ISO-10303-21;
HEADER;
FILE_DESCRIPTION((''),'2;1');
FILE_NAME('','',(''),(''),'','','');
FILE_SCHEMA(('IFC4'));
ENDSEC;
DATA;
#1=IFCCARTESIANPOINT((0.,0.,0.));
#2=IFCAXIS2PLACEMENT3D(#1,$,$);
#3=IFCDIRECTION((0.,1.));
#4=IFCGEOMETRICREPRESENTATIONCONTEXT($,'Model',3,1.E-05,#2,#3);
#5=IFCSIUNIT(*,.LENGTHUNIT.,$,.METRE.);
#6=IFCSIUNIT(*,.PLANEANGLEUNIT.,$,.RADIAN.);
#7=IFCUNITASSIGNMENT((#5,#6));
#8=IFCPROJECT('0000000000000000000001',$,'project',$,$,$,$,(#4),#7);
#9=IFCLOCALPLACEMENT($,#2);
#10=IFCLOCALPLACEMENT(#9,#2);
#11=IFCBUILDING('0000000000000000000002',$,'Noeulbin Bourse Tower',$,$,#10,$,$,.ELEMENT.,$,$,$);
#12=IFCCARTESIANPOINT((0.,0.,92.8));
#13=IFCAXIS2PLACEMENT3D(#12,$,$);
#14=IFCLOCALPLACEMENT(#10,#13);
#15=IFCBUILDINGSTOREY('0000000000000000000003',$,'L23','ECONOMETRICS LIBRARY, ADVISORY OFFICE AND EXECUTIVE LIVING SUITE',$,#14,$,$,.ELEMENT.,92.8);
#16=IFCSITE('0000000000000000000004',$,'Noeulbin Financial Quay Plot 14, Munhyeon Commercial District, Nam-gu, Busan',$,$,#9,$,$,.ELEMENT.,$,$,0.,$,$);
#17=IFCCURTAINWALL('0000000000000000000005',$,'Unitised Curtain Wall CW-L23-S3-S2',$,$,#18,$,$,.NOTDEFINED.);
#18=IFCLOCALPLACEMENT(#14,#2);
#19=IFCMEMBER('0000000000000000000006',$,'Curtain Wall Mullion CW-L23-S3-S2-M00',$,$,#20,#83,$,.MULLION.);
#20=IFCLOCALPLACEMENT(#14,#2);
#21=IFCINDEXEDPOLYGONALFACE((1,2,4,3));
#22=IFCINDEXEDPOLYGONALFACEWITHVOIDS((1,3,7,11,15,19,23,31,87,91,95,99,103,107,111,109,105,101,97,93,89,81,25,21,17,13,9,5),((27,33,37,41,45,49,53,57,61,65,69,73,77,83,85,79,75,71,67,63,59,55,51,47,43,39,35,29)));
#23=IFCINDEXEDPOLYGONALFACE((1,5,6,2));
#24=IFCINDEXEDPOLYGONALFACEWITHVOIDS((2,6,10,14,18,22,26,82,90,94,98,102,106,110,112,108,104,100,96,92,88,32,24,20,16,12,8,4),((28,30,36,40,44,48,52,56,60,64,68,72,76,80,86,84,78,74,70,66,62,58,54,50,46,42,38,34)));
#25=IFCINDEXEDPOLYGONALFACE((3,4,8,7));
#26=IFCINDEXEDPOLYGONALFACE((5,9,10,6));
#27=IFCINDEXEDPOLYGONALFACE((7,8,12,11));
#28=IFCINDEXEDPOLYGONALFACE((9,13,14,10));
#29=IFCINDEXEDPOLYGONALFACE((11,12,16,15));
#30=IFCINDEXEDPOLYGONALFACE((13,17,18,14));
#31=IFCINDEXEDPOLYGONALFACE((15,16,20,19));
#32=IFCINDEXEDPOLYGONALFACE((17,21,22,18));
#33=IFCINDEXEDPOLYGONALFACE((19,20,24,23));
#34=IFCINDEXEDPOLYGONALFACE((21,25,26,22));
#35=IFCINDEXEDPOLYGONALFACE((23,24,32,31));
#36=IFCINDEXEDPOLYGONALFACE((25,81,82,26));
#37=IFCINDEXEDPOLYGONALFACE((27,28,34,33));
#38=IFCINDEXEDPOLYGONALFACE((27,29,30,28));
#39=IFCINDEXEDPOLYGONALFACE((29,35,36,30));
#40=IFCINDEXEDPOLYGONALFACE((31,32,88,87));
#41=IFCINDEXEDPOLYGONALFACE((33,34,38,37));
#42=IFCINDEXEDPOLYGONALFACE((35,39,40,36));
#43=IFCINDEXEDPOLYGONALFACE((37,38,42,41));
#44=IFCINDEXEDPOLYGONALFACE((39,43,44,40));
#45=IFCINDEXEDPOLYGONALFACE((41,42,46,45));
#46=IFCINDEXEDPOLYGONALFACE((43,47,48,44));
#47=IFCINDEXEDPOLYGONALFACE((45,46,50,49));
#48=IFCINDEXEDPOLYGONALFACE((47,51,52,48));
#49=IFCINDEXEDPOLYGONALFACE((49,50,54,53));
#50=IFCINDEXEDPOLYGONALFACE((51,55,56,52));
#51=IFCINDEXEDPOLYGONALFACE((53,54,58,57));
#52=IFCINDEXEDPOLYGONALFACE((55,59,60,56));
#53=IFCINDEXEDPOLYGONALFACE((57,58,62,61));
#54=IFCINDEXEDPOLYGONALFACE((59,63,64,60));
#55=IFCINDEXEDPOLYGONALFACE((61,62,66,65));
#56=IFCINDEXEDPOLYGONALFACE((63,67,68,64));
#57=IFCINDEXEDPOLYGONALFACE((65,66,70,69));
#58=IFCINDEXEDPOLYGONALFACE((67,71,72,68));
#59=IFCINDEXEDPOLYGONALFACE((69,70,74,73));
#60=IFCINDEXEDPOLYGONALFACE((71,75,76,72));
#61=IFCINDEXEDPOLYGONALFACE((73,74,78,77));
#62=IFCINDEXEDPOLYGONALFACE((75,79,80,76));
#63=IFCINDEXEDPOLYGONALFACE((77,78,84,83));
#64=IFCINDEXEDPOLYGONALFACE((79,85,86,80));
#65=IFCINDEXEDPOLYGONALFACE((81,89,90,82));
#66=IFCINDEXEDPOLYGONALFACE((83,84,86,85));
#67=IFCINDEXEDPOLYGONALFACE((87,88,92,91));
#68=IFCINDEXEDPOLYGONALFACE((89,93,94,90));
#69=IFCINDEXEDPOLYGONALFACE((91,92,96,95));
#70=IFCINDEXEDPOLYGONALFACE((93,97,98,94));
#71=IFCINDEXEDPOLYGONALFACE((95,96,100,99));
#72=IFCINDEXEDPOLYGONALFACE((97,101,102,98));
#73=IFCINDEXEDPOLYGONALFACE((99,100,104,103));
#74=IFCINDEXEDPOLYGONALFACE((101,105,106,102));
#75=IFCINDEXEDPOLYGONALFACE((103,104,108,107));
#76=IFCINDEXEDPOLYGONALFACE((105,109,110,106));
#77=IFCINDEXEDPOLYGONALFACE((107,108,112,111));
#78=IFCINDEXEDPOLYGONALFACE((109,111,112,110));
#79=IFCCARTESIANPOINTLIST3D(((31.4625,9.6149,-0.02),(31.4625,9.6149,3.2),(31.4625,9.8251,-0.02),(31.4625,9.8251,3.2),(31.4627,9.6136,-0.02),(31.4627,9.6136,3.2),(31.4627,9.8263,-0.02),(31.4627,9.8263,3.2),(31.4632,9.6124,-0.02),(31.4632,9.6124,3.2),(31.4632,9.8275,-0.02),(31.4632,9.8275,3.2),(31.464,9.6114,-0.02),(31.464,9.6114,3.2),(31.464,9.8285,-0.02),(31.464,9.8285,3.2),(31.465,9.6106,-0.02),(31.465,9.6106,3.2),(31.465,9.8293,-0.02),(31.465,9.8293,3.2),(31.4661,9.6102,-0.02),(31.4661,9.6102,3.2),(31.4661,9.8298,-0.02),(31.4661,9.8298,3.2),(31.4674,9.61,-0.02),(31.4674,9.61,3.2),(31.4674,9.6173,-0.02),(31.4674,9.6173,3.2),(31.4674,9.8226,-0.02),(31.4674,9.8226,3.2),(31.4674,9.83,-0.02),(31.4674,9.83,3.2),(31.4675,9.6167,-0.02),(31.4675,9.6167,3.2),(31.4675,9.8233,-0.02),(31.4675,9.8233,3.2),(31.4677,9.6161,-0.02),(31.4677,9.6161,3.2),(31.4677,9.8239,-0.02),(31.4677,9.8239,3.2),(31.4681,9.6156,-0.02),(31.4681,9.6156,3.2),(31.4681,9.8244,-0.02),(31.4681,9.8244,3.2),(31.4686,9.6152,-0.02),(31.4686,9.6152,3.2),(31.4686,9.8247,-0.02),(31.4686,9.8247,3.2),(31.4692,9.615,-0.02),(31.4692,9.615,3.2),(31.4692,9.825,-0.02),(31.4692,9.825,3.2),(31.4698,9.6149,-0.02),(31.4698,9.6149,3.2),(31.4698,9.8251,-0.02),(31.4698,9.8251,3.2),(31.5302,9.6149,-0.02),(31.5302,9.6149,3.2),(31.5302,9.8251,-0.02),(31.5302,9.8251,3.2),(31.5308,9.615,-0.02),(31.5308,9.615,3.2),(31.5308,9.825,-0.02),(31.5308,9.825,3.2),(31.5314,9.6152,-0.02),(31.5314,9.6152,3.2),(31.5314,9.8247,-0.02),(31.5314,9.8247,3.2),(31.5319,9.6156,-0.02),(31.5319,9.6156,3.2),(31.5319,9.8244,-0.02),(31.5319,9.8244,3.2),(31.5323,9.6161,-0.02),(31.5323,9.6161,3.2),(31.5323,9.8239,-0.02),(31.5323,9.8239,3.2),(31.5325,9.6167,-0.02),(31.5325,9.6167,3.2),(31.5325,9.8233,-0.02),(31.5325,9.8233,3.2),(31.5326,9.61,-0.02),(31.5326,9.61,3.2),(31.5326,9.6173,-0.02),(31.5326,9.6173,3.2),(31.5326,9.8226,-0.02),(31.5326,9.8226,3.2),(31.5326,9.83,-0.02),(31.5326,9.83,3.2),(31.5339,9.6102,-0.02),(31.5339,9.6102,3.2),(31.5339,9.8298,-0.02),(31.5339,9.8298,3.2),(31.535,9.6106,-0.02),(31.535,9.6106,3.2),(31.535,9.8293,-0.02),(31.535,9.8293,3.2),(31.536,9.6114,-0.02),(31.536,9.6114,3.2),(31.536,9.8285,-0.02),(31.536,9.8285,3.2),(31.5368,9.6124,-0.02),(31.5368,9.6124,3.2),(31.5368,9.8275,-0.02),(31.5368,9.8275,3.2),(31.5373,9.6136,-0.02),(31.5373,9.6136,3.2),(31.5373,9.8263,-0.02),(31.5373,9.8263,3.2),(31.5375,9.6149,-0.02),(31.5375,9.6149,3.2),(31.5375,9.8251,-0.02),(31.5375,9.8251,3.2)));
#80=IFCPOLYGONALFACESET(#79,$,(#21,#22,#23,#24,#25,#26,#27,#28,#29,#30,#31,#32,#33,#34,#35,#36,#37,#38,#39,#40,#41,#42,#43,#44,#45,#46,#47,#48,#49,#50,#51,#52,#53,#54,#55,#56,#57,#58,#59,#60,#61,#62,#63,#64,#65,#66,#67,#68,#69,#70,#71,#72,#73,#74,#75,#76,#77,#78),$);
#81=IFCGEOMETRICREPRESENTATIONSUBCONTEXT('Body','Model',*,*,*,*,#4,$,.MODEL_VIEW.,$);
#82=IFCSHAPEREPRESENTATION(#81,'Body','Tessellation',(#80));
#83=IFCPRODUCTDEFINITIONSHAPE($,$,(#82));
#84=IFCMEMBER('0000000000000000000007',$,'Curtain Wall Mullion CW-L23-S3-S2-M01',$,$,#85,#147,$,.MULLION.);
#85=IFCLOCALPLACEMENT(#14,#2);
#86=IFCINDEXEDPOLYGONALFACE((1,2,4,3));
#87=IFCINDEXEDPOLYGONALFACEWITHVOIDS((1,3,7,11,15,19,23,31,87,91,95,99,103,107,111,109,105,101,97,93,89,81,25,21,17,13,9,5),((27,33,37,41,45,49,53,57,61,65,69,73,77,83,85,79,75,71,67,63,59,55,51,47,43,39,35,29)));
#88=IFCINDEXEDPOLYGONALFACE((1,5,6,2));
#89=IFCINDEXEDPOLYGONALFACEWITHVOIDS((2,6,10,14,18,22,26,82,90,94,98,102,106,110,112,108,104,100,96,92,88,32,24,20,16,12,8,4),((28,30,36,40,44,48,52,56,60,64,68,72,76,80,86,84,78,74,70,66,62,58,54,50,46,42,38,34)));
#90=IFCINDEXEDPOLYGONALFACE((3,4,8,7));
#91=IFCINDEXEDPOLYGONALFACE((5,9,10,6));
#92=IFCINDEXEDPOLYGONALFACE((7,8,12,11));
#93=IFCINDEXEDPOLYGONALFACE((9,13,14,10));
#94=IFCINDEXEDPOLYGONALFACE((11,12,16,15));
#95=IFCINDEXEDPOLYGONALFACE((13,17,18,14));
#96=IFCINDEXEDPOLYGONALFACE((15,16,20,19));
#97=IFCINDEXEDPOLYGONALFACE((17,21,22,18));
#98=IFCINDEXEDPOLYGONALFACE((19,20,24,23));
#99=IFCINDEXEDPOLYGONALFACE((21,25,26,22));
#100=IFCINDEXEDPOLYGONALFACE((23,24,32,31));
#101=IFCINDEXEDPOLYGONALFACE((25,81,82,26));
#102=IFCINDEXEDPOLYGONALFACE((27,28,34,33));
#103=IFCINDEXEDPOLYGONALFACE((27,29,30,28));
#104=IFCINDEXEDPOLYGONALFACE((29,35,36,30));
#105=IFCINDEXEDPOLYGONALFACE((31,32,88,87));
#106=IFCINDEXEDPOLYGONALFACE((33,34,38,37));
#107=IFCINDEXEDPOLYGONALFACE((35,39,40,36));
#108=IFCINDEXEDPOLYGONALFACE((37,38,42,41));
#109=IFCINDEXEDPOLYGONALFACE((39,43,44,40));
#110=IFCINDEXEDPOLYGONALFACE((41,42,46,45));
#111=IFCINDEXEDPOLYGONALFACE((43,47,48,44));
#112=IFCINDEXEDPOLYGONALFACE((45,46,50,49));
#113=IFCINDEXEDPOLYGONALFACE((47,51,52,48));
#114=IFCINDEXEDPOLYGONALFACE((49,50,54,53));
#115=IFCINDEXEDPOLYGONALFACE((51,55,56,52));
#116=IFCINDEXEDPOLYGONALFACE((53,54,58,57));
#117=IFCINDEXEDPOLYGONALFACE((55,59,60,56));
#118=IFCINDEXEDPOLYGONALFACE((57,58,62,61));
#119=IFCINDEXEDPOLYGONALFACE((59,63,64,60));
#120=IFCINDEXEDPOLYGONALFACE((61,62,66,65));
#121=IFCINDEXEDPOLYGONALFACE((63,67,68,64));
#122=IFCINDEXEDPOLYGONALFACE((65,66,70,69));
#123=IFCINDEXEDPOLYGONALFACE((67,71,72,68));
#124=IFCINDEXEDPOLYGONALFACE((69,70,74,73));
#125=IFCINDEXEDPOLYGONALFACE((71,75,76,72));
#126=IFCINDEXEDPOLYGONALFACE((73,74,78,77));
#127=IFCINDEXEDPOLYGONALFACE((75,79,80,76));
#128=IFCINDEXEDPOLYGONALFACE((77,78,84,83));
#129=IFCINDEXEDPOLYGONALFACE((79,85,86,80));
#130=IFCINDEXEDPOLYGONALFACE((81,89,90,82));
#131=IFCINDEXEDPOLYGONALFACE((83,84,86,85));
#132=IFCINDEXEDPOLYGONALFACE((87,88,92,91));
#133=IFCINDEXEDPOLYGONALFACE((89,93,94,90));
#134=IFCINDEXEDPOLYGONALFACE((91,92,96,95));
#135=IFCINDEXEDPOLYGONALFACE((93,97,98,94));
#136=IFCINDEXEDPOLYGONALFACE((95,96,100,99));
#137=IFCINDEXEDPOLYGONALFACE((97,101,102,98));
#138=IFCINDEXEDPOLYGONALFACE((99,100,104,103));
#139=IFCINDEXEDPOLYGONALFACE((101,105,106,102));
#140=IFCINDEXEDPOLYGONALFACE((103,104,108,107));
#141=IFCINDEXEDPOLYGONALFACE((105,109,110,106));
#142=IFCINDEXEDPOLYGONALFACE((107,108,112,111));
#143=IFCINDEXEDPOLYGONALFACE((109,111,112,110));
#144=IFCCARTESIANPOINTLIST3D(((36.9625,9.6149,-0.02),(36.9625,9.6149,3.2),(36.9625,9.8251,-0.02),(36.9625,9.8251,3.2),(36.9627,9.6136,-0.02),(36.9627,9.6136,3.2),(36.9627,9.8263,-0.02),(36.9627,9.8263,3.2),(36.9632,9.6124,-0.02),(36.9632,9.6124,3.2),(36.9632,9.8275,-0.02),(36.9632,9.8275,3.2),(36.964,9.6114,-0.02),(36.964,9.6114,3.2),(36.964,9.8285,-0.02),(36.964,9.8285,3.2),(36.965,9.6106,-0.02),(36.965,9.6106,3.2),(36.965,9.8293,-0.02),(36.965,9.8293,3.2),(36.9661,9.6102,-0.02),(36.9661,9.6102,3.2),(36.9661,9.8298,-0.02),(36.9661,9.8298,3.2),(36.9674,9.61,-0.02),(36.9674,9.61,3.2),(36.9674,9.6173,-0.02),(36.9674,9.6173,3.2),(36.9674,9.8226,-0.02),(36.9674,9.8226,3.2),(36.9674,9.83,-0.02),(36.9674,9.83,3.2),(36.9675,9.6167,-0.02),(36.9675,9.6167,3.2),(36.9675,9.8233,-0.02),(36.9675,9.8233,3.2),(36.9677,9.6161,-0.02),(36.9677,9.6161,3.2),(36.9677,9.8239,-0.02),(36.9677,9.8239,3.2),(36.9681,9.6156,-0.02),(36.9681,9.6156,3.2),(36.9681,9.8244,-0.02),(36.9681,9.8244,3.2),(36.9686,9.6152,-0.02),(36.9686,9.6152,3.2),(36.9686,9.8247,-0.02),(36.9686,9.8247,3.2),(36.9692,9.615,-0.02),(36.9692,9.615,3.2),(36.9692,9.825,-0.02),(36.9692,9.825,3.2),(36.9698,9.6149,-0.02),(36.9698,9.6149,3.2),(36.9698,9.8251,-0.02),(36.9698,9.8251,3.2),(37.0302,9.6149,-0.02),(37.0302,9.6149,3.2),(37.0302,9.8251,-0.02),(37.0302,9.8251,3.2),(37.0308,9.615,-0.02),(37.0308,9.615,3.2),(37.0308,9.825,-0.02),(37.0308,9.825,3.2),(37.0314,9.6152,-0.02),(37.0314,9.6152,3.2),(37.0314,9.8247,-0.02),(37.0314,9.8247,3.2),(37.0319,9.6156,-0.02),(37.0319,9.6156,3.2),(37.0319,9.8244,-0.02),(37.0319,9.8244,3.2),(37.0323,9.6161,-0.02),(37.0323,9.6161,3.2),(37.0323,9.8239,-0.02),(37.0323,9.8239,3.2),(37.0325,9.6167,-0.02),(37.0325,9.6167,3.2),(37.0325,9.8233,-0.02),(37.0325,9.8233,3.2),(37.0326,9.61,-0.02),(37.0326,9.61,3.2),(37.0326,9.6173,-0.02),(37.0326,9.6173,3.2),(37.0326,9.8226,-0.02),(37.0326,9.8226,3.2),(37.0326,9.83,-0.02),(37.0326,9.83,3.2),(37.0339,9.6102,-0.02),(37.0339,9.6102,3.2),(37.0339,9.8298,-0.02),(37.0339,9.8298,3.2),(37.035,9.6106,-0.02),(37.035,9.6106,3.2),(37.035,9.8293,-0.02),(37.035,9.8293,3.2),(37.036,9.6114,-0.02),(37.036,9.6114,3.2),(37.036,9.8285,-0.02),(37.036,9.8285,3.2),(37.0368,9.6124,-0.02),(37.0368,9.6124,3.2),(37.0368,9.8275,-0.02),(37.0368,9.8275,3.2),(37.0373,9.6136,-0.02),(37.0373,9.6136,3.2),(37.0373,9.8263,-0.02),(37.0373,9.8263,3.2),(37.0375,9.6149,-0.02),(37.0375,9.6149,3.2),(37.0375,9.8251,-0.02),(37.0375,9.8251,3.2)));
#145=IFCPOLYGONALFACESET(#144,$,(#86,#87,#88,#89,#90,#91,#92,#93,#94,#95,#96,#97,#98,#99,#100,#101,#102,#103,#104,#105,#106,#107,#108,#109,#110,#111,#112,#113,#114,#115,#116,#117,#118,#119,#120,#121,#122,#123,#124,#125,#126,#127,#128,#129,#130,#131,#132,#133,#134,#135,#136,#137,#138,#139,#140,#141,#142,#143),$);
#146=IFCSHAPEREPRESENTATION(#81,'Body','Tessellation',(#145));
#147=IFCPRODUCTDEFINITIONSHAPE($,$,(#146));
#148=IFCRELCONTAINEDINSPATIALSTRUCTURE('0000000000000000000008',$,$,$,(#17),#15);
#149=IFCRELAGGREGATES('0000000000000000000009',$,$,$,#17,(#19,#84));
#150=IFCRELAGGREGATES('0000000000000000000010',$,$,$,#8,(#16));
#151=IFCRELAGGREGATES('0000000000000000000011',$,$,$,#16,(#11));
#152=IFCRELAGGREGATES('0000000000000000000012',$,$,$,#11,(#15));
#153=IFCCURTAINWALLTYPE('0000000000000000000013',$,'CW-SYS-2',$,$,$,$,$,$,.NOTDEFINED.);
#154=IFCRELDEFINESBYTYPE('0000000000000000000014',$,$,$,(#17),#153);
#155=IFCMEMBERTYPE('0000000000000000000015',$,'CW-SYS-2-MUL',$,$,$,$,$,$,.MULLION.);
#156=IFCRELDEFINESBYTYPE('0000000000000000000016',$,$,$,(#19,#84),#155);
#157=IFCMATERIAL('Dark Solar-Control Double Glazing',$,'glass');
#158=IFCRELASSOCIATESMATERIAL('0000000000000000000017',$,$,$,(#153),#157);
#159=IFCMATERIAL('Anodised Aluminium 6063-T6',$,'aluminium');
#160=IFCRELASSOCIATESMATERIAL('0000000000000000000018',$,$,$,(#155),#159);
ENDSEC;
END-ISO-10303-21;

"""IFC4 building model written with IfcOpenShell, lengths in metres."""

from ifc_helpers import new_model, si_unit, direction, frame, origin, origin_2d, place, context, subcontext, project, spatial, hollow_rectangle, extrude, material, material_profile, profile_set, type_object, element, aggregate, save


model = new_model("IFC4")

# Units and contexts
model_context = context("Model", 3, precision=1e-05, world=origin(), true_north=direction((0.0, 1.0)))
body_context = subcontext(model_context, "Body", "Model", "MODEL_VIEW")
ifc_project = project(units=[si_unit("LENGTHUNIT", "METRE"), si_unit("PLANEANGLEUNIT", "RADIAN")], contexts=[model_context])

# Site, building, storey
site_placement = place(None, origin())
site = spatial("IfcSite", under=ifc_project, at=site_placement, Name="Noeulbin Financial Quay Plot 14, Munhyeon Commercial District, Nam-gu, Busan", CompositionType="ELEMENT", RefElevation=0.0)
building_placement = place(site_placement, origin())
building = spatial("IfcBuilding", under=site, at=building_placement, Name="Noeulbin Bourse Tower", CompositionType="ELEMENT")
storey_placement = place(building_placement, frame((0.0, 0.0, 92.8)))
storey = spatial("IfcBuildingStorey", under=building, at=storey_placement, Name="L23", Description="ECONOMETRICS LIBRARY, ADVISORY OFFICE AND EXECUTIVE LIVING SUITE", CompositionType="ELEMENT", Elevation=92.8)

# Curtain wall, members
ifc_material_1 = material(Name="Dark Solar-Control Double Glazing", Category="glass")
curtain_wall_type = type_object("IfcCurtainWallType", Name="CW-SYS-2", PredefinedType="NOTDEFINED", material=ifc_material_1)
ifc_material_2 = material(Name="Anodised Aluminium 6063-T6", Category="aluminium")
ifc_material_profile_1 = material_profile(ifc_material_2, hollow_rectangle(XDim=0.075, YDim=0.22, WallThickness=0.0049, InnerFilletRadius=0.0024, OuterFilletRadius=0.0049, at=origin_2d()), Name="ALU-MULL-75x220x5", Category="LoadBearing")
ifc_profile_set_1 = profile_set([ifc_material_profile_1], Name="Anodised Aluminium 6063-T6")
member_type_1 = type_object("IfcMemberType", Name="CW-SYS-2-MUL", PredefinedType="MULLION", material=ifc_profile_set_1)
curtain_wall_1_placement = place(storey_placement, origin())
curtain_wall_1 = element("IfcCurtainWall", 1, at=curtain_wall_1_placement, inside=storey, type_object=curtain_wall_type, Name="Unitised Curtain Wall CW-L23-S3-S2", PredefinedType="NOTDEFINED")
member_1_placement = place(storey_placement, frame((31.5, 9.72, -0.02), z_axis=(0.0, 0.0, 1.0), x_axis=(1.0, 0.0, 0.0)))
member_1 = element("IfcMember", 2, at=member_1_placement, type_object=member_type_1, Name="Curtain Wall Mullion CW-L23-S3-S2-M00", PredefinedType="MULLION", context=body_context, shape_type="SweptSolid", body=[
    extrude(hollow_rectangle(XDim=0.075, YDim=0.22, WallThickness=0.0049, InnerFilletRadius=0.0024, OuterFilletRadius=0.0049, at=origin_2d()), origin(), (0.0, 0.0, 1.0), 3.22),
])
member_2_placement = place(storey_placement, frame((37.0, 9.72, -0.02), z_axis=(0.0, 0.0, 1.0), x_axis=(1.0, 0.0, 0.0)))
member_2 = element("IfcMember", 3, at=member_2_placement, type_object=member_type_1, Name="Curtain Wall Mullion CW-L23-S3-S2-M01", PredefinedType="MULLION", context=body_context, shape_type="SweptSolid", body=[
    extrude(hollow_rectangle(XDim=0.075, YDim=0.22, WallThickness=0.0049, InnerFilletRadius=0.0024, OuterFilletRadius=0.0049, at=origin_2d()), origin(), (0.0, 0.0, 1.0), 3.22),
])

aggregate(curtain_wall_1, [member_1, member_2])

save(model, "model.ifc")
